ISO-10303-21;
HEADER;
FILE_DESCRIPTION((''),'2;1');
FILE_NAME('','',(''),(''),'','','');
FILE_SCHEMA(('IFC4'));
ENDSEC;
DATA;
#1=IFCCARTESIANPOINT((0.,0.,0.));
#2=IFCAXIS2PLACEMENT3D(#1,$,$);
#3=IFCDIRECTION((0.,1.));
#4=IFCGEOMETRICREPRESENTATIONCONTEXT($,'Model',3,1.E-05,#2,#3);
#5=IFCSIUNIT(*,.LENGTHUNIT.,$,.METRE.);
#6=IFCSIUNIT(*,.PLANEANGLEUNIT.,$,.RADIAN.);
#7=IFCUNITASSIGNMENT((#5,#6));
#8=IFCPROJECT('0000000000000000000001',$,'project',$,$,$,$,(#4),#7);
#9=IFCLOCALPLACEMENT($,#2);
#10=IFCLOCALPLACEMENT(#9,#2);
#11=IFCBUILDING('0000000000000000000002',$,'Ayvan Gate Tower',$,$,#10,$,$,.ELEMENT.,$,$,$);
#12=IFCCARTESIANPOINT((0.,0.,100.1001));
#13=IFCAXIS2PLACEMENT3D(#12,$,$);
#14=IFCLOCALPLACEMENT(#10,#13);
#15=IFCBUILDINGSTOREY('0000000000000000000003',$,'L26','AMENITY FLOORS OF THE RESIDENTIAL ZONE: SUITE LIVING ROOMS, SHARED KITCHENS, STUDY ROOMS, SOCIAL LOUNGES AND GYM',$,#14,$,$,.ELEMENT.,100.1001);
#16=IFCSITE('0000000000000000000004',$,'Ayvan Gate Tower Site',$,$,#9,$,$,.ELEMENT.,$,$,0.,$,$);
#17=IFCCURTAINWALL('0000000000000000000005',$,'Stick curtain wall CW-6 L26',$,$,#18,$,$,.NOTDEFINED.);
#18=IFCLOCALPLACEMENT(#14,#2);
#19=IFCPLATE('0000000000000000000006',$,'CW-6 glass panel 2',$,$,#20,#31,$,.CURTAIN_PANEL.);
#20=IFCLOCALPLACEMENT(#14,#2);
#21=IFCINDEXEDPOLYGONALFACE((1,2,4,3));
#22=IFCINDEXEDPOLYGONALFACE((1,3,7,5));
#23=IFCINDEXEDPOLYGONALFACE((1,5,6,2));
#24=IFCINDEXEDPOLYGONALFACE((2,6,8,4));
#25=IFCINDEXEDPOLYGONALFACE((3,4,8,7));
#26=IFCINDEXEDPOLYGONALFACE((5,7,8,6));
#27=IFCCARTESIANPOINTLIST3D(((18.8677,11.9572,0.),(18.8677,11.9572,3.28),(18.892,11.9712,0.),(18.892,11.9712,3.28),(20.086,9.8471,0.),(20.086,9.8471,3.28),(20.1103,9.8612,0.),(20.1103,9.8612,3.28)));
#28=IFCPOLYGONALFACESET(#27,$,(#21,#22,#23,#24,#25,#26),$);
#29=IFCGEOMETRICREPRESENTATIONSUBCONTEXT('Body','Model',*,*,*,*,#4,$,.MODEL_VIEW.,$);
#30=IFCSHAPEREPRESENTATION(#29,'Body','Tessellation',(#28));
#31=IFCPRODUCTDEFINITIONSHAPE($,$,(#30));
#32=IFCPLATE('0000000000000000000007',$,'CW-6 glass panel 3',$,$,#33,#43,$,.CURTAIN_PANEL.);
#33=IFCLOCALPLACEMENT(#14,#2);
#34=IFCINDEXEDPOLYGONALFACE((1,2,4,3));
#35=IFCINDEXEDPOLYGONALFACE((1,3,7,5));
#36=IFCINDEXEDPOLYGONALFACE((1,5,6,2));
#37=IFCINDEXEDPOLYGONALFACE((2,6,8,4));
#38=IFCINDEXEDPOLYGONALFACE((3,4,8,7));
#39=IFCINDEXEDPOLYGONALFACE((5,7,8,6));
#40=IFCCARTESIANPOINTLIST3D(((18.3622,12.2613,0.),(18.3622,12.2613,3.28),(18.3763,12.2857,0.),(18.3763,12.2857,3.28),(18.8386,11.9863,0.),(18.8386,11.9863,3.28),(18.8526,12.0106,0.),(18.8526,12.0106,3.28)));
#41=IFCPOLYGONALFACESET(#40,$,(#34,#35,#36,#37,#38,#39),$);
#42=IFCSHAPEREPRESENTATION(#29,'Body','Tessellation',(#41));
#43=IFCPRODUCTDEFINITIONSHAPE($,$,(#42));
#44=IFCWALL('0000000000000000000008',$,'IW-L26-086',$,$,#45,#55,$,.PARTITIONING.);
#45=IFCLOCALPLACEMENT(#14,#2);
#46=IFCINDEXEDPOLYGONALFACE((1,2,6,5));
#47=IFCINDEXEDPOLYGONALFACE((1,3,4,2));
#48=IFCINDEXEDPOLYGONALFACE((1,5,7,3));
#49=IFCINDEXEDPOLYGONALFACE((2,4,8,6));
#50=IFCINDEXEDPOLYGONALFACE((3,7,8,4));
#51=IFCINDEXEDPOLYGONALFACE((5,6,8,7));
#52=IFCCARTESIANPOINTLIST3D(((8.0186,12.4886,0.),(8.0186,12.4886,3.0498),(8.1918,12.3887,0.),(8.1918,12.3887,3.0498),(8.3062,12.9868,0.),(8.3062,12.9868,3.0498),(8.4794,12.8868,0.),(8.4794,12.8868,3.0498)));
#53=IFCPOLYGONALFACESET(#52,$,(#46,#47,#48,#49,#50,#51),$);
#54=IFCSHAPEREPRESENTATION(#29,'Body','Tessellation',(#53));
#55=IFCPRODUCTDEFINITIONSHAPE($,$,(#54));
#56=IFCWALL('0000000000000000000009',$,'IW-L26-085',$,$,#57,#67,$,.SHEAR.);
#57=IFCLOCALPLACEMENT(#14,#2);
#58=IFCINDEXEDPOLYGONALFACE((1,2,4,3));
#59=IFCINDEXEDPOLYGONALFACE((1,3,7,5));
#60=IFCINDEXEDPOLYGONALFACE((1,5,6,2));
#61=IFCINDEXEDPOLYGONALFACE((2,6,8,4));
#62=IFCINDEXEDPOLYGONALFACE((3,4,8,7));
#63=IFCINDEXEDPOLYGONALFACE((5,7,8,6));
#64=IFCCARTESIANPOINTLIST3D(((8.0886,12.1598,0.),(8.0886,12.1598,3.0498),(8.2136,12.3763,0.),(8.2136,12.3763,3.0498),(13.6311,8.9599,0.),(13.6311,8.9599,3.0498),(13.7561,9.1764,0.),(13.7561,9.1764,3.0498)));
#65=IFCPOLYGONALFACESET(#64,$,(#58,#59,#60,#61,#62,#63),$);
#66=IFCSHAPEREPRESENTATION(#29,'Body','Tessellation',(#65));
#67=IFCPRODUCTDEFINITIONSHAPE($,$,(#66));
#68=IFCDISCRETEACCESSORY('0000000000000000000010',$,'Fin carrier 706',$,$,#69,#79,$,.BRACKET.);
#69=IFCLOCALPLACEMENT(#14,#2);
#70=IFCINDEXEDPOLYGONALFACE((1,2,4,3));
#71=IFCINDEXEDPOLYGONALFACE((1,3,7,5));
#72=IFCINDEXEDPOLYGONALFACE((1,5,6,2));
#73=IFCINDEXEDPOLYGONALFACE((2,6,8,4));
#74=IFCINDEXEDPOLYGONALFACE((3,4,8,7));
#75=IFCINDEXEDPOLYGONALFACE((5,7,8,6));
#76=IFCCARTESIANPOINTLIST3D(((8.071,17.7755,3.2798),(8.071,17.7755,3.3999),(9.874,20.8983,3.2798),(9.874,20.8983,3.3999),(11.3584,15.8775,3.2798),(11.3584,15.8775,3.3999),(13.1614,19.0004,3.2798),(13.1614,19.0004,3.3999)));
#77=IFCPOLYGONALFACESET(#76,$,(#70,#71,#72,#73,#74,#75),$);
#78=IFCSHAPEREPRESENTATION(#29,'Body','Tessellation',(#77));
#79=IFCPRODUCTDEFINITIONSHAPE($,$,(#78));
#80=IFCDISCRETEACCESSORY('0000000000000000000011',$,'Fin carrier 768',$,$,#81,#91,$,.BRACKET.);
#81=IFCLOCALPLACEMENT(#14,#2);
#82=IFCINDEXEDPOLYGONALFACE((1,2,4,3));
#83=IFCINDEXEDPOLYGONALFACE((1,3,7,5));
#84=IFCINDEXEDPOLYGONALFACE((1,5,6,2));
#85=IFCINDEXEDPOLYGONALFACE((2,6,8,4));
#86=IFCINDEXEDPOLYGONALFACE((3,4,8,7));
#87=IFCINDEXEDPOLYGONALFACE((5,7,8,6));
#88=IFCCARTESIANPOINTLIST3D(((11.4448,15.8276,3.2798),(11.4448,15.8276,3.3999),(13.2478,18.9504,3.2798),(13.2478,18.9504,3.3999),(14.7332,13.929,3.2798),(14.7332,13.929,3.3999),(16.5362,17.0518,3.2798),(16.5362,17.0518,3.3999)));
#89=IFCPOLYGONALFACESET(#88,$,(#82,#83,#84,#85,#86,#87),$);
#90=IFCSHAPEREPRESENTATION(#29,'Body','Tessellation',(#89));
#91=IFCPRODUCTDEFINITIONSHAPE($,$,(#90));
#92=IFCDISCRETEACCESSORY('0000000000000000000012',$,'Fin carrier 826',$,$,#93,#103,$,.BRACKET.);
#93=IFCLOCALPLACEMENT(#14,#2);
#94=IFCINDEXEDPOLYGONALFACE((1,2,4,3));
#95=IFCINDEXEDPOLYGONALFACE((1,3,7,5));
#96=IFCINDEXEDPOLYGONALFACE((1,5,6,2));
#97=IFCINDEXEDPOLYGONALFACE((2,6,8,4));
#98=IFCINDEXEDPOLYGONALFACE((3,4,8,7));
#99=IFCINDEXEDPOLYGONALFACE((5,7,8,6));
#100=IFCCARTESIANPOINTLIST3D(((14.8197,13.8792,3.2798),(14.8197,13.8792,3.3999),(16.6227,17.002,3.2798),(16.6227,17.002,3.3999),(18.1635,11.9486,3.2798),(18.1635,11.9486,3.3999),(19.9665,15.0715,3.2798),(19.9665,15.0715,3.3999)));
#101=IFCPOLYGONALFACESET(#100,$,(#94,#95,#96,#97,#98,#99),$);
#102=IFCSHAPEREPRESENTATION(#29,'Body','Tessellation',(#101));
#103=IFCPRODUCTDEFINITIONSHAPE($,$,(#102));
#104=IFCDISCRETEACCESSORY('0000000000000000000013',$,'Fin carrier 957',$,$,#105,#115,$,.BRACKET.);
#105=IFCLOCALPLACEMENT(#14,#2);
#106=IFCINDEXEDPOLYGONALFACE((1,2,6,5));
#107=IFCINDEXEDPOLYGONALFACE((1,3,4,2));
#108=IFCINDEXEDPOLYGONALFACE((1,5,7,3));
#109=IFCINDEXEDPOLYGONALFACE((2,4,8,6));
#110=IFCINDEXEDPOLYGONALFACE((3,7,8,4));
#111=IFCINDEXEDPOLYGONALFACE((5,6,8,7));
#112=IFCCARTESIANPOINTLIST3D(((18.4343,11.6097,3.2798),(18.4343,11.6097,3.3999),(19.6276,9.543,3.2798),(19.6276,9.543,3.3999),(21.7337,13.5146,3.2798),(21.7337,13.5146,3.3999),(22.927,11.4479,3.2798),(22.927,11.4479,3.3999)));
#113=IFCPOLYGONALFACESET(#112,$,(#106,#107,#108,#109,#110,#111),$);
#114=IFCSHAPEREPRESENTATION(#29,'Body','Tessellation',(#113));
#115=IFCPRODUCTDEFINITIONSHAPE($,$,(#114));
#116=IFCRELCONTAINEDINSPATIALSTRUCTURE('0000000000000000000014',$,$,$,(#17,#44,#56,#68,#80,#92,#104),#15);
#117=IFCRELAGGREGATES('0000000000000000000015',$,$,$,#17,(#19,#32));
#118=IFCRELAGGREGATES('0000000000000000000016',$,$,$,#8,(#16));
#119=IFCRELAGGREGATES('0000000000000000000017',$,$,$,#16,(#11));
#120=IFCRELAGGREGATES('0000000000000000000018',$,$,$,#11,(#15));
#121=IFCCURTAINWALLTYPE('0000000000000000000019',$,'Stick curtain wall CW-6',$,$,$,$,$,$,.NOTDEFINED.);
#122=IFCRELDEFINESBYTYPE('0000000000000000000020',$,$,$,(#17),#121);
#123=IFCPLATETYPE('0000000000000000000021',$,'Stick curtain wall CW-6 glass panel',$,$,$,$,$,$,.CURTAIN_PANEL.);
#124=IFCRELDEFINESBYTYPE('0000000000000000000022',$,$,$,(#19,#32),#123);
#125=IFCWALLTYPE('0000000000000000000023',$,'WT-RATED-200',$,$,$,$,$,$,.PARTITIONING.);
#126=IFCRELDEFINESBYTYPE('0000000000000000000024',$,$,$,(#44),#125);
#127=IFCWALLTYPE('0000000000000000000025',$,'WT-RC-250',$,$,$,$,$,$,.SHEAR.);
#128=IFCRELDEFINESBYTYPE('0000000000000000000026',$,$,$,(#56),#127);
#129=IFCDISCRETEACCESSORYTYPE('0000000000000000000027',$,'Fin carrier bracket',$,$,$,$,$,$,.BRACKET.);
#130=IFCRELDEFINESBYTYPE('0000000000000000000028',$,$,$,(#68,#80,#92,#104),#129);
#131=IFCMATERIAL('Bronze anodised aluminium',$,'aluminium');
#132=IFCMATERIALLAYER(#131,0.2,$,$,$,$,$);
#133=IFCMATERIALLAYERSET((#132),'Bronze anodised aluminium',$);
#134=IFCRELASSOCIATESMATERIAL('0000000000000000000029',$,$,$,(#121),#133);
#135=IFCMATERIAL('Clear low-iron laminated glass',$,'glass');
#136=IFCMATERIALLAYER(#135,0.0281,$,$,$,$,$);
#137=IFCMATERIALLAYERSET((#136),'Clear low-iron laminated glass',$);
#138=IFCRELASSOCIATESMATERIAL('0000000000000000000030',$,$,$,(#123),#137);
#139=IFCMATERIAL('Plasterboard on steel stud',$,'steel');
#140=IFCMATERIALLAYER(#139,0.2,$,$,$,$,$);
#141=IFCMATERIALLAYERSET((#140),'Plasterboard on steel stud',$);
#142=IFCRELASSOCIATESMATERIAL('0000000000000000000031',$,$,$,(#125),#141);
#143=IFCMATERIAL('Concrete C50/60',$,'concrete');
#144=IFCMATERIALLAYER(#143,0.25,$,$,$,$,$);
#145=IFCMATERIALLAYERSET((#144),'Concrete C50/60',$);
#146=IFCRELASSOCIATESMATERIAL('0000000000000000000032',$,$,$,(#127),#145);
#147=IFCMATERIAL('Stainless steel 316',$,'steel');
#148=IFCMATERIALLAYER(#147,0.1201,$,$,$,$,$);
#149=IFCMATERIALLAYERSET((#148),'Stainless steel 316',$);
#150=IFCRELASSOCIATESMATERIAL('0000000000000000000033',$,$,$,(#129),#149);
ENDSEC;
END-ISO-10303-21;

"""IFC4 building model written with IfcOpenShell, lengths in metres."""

from ifc_helpers import new_model, si_unit, direction, frame, frame_2d, origin, origin_2d, place, context, subcontext, project, spatial, rectangle, extrude, material, layer, layer_set, type_object, element, aggregate, save


model = new_model("IFC4")

# Units and contexts
model_context = context("Model", 3, precision=1e-05, world=origin(), true_north=direction((0.0, 1.0)))
body_context = subcontext(model_context, "Body", "Model", "MODEL_VIEW")
ifc_project = project(units=[si_unit("LENGTHUNIT", "METRE"), si_unit("PLANEANGLEUNIT", "RADIAN")], contexts=[model_context])

# Site, building, storey
site_placement = place(None, origin())
site = spatial("IfcSite", under=ifc_project, at=site_placement, Name="Ayvan Gate Tower Site", CompositionType="ELEMENT", RefElevation=0.0)
building_placement = place(site_placement, origin())
building = spatial("IfcBuilding", under=site, at=building_placement, Name="Ayvan Gate Tower", CompositionType="ELEMENT")
storey_placement = place(building_placement, frame((0.0, 0.0, 100.1001)))
storey = spatial("IfcBuildingStorey", under=building, at=storey_placement, Name="L26", Description="AMENITY FLOORS OF THE RESIDENTIAL ZONE: SUITE LIVING ROOMS, SHARED KITCHENS, STUDY ROOMS, SOCIAL LOUNGES AND GYM", CompositionType="ELEMENT", Elevation=100.1001)

# Curtain wall
ifc_material_1 = material(Name="Bronze anodised aluminium", Category="aluminium")
ifc_layer_1 = layer(ifc_material_1, 0.2)
ifc_layer_set_1 = layer_set([ifc_layer_1], Name="Bronze anodised aluminium")
curtain_wall_type_1 = type_object("IfcCurtainWallType", Name="Stick curtain wall CW-6", PredefinedType="NOTDEFINED", material=ifc_layer_set_1)
curtain_wall_1_placement = place(storey_placement, origin())
curtain_wall_1 = element("IfcCurtainWall", 1, at=curtain_wall_1_placement, inside=storey, type_object=curtain_wall_type_1, Name="Stick curtain wall CW-6 L26", PredefinedType="NOTDEFINED")

# Plates
ifc_material_2 = material(Name="Clear low-iron laminated glass", Category="glass")
ifc_layer_2 = layer(ifc_material_2, 0.0281)
ifc_layer_set_2 = layer_set([ifc_layer_2], Name="Clear low-iron laminated glass")
plate_type_1 = type_object("IfcPlateType", Name="Stick curtain wall CW-6 glass panel", PredefinedType="CURTAIN_PANEL", material=ifc_layer_set_2)
plate_1_placement = place(storey_placement, frame((19.489, 10.9092, 0.0), z_axis=(0.0, 0.0, 1.0), x_axis=(-0.5, 0.866025, 0.0)))
plate_1 = element("IfcPlate", 2, at=plate_1_placement, type_object=plate_type_1, Name="CW-6 glass panel 2", PredefinedType="CURTAIN_PANEL", context=body_context, shape_type="SweptSolid", body=[
    extrude(rectangle(XDim=2.4365, YDim=0.0281, at=origin_2d()), origin(), (0.0, 0.0, 1.0), 3.28),
])
plate_2_placement = place(storey_placement, frame((18.6074, 12.136, 0.0), z_axis=(0.0, 0.0, 1.0), x_axis=(-0.866025, 0.5, 0.0)))
plate_2 = element("IfcPlate", 3, at=plate_2_placement, type_object=plate_type_1, Name="CW-6 glass panel 3", PredefinedType="CURTAIN_PANEL", context=body_context, shape_type="SweptSolid", body=[
    extrude(rectangle(XDim=0.55, YDim=0.0281, at=origin_2d()), origin(), (0.0, 0.0, 1.0), 3.28),
])
aggregate(curtain_wall_1, [plate_1, plate_2])

# Walls
ifc_material_3 = material(Name="Plasterboard on steel stud", Category="steel")
ifc_layer_3 = layer(ifc_material_3, 0.2)
ifc_layer_set_3 = layer_set([ifc_layer_3], Name="Plasterboard on steel stud")
wall_type_1 = type_object("IfcWallType", Name="WT-RATED-200", PredefinedType="PARTITIONING", material=ifc_layer_set_3)
wall_1_placement = place(storey_placement, frame((8.3928, 12.9368, 0.0), z_axis=(0.0, 0.0, 1.0), x_axis=(-0.500065, -0.865988, 0.0)))
element("IfcWall", 4, at=wall_1_placement, inside=storey, type_object=wall_type_1, Name="IW-L26-086", PredefinedType="PARTITIONING", context=body_context, shape_type="SweptSolid", body=[
    extrude(rectangle(XDim=0.5752, YDim=0.2, at=frame_2d((0.2876, 0.0))), origin(), (0.0, 0.0, 1.0), 3.0498),
])
ifc_material_4 = material(Name="Concrete C50/60", Category="concrete")
ifc_layer_4 = layer(ifc_material_4, 0.25)
ifc_layer_set_4 = layer_set([ifc_layer_4], Name="Concrete C50/60")
wall_type_2 = type_object("IfcWallType", Name="WT-RC-250", PredefinedType="SHEAR", material=ifc_layer_set_4)
wall_2_placement = place(storey_placement, frame((8.1511, 12.2681, 0.0), z_axis=(0.0, 0.0, 1.0), x_axis=(0.866025, -0.5, 0.0)))
element("IfcWall", 5, at=wall_2_placement, inside=storey, type_object=wall_type_2, Name="IW-L26-085", PredefinedType="SHEAR", context=body_context, shape_type="SweptSolid", body=[
    extrude(rectangle(XDim=6.3999, YDim=0.25, at=frame_2d((3.2, 0.0))), origin(), (0.0, 0.0, 1.0), 3.0498),
])

# Discrete accessories
ifc_material_5 = material(Name="Stainless steel 316", Category="steel")
ifc_layer_5 = layer(ifc_material_5, 0.1201)
ifc_layer_set_5 = layer_set([ifc_layer_5], Name="Stainless steel 316")
discrete_accessory_type = type_object("IfcDiscreteAccessoryType", Name="Fin carrier bracket", PredefinedType="BRACKET", material=ifc_layer_set_5)
discrete_accessory_1_placement = place(storey_placement, frame((10.6162, 18.3879, 3.2798), z_axis=(0.0, 0.0, 1.0), x_axis=(-0.866025, 0.5, 0.0)))
element("IfcDiscreteAccessory", 6, at=discrete_accessory_1_placement, inside=storey, type_object=discrete_accessory_type, Name="Fin carrier 706", PredefinedType="BRACKET", context=body_context, shape_type="SweptSolid", body=[
    extrude(rectangle(XDim=3.7959, YDim=3.606, at=origin_2d()), origin(), (0.0, 0.0, 1.0), 0.1201),
])
discrete_accessory_2_placement = place(storey_placement, frame((13.9905, 16.4397, 3.2798), z_axis=(0.0, 0.0, 1.0), x_axis=(-0.866025, 0.5, 0.0)))
element("IfcDiscreteAccessory", 7, at=discrete_accessory_2_placement, inside=storey, type_object=discrete_accessory_type, Name="Fin carrier 768", PredefinedType="BRACKET", context=body_context, shape_type="SweptSolid", body=[
    extrude(rectangle(XDim=3.7971, YDim=3.606, at=origin_2d()), origin(), (0.0, 0.0, 1.0), 0.1201),
])
discrete_accessory_3_placement = place(storey_placement, frame((17.3931, 14.4753, 3.2798), z_axis=(0.0, 0.0, 1.0), x_axis=(-0.866025, 0.5, 0.0)))
element("IfcDiscreteAccessory", 8, at=discrete_accessory_3_placement, inside=storey, type_object=discrete_accessory_type, Name="Fin carrier 826", PredefinedType="BRACKET", context=body_context, shape_type="SweptSolid", body=[
    extrude(rectangle(XDim=3.8611, YDim=3.606, at=origin_2d()), origin(), (0.0, 0.0, 1.0), 0.1201),
])
discrete_accessory_4_placement = place(storey_placement, frame((20.6807, 11.5288, 3.2798), z_axis=(0.0, 0.0, 1.0), x_axis=(-0.5, 0.866025, 0.0)))
element("IfcDiscreteAccessory", 9, at=discrete_accessory_4_placement, inside=storey, type_object=discrete_accessory_type, Name="Fin carrier 957", PredefinedType="BRACKET", context=body_context, shape_type="SweptSolid", body=[
    extrude(rectangle(XDim=2.3865, YDim=3.8098, at=origin_2d()), origin(), (0.0, 0.0, 1.0), 0.1201),
])

save(model, "model.ifc")
